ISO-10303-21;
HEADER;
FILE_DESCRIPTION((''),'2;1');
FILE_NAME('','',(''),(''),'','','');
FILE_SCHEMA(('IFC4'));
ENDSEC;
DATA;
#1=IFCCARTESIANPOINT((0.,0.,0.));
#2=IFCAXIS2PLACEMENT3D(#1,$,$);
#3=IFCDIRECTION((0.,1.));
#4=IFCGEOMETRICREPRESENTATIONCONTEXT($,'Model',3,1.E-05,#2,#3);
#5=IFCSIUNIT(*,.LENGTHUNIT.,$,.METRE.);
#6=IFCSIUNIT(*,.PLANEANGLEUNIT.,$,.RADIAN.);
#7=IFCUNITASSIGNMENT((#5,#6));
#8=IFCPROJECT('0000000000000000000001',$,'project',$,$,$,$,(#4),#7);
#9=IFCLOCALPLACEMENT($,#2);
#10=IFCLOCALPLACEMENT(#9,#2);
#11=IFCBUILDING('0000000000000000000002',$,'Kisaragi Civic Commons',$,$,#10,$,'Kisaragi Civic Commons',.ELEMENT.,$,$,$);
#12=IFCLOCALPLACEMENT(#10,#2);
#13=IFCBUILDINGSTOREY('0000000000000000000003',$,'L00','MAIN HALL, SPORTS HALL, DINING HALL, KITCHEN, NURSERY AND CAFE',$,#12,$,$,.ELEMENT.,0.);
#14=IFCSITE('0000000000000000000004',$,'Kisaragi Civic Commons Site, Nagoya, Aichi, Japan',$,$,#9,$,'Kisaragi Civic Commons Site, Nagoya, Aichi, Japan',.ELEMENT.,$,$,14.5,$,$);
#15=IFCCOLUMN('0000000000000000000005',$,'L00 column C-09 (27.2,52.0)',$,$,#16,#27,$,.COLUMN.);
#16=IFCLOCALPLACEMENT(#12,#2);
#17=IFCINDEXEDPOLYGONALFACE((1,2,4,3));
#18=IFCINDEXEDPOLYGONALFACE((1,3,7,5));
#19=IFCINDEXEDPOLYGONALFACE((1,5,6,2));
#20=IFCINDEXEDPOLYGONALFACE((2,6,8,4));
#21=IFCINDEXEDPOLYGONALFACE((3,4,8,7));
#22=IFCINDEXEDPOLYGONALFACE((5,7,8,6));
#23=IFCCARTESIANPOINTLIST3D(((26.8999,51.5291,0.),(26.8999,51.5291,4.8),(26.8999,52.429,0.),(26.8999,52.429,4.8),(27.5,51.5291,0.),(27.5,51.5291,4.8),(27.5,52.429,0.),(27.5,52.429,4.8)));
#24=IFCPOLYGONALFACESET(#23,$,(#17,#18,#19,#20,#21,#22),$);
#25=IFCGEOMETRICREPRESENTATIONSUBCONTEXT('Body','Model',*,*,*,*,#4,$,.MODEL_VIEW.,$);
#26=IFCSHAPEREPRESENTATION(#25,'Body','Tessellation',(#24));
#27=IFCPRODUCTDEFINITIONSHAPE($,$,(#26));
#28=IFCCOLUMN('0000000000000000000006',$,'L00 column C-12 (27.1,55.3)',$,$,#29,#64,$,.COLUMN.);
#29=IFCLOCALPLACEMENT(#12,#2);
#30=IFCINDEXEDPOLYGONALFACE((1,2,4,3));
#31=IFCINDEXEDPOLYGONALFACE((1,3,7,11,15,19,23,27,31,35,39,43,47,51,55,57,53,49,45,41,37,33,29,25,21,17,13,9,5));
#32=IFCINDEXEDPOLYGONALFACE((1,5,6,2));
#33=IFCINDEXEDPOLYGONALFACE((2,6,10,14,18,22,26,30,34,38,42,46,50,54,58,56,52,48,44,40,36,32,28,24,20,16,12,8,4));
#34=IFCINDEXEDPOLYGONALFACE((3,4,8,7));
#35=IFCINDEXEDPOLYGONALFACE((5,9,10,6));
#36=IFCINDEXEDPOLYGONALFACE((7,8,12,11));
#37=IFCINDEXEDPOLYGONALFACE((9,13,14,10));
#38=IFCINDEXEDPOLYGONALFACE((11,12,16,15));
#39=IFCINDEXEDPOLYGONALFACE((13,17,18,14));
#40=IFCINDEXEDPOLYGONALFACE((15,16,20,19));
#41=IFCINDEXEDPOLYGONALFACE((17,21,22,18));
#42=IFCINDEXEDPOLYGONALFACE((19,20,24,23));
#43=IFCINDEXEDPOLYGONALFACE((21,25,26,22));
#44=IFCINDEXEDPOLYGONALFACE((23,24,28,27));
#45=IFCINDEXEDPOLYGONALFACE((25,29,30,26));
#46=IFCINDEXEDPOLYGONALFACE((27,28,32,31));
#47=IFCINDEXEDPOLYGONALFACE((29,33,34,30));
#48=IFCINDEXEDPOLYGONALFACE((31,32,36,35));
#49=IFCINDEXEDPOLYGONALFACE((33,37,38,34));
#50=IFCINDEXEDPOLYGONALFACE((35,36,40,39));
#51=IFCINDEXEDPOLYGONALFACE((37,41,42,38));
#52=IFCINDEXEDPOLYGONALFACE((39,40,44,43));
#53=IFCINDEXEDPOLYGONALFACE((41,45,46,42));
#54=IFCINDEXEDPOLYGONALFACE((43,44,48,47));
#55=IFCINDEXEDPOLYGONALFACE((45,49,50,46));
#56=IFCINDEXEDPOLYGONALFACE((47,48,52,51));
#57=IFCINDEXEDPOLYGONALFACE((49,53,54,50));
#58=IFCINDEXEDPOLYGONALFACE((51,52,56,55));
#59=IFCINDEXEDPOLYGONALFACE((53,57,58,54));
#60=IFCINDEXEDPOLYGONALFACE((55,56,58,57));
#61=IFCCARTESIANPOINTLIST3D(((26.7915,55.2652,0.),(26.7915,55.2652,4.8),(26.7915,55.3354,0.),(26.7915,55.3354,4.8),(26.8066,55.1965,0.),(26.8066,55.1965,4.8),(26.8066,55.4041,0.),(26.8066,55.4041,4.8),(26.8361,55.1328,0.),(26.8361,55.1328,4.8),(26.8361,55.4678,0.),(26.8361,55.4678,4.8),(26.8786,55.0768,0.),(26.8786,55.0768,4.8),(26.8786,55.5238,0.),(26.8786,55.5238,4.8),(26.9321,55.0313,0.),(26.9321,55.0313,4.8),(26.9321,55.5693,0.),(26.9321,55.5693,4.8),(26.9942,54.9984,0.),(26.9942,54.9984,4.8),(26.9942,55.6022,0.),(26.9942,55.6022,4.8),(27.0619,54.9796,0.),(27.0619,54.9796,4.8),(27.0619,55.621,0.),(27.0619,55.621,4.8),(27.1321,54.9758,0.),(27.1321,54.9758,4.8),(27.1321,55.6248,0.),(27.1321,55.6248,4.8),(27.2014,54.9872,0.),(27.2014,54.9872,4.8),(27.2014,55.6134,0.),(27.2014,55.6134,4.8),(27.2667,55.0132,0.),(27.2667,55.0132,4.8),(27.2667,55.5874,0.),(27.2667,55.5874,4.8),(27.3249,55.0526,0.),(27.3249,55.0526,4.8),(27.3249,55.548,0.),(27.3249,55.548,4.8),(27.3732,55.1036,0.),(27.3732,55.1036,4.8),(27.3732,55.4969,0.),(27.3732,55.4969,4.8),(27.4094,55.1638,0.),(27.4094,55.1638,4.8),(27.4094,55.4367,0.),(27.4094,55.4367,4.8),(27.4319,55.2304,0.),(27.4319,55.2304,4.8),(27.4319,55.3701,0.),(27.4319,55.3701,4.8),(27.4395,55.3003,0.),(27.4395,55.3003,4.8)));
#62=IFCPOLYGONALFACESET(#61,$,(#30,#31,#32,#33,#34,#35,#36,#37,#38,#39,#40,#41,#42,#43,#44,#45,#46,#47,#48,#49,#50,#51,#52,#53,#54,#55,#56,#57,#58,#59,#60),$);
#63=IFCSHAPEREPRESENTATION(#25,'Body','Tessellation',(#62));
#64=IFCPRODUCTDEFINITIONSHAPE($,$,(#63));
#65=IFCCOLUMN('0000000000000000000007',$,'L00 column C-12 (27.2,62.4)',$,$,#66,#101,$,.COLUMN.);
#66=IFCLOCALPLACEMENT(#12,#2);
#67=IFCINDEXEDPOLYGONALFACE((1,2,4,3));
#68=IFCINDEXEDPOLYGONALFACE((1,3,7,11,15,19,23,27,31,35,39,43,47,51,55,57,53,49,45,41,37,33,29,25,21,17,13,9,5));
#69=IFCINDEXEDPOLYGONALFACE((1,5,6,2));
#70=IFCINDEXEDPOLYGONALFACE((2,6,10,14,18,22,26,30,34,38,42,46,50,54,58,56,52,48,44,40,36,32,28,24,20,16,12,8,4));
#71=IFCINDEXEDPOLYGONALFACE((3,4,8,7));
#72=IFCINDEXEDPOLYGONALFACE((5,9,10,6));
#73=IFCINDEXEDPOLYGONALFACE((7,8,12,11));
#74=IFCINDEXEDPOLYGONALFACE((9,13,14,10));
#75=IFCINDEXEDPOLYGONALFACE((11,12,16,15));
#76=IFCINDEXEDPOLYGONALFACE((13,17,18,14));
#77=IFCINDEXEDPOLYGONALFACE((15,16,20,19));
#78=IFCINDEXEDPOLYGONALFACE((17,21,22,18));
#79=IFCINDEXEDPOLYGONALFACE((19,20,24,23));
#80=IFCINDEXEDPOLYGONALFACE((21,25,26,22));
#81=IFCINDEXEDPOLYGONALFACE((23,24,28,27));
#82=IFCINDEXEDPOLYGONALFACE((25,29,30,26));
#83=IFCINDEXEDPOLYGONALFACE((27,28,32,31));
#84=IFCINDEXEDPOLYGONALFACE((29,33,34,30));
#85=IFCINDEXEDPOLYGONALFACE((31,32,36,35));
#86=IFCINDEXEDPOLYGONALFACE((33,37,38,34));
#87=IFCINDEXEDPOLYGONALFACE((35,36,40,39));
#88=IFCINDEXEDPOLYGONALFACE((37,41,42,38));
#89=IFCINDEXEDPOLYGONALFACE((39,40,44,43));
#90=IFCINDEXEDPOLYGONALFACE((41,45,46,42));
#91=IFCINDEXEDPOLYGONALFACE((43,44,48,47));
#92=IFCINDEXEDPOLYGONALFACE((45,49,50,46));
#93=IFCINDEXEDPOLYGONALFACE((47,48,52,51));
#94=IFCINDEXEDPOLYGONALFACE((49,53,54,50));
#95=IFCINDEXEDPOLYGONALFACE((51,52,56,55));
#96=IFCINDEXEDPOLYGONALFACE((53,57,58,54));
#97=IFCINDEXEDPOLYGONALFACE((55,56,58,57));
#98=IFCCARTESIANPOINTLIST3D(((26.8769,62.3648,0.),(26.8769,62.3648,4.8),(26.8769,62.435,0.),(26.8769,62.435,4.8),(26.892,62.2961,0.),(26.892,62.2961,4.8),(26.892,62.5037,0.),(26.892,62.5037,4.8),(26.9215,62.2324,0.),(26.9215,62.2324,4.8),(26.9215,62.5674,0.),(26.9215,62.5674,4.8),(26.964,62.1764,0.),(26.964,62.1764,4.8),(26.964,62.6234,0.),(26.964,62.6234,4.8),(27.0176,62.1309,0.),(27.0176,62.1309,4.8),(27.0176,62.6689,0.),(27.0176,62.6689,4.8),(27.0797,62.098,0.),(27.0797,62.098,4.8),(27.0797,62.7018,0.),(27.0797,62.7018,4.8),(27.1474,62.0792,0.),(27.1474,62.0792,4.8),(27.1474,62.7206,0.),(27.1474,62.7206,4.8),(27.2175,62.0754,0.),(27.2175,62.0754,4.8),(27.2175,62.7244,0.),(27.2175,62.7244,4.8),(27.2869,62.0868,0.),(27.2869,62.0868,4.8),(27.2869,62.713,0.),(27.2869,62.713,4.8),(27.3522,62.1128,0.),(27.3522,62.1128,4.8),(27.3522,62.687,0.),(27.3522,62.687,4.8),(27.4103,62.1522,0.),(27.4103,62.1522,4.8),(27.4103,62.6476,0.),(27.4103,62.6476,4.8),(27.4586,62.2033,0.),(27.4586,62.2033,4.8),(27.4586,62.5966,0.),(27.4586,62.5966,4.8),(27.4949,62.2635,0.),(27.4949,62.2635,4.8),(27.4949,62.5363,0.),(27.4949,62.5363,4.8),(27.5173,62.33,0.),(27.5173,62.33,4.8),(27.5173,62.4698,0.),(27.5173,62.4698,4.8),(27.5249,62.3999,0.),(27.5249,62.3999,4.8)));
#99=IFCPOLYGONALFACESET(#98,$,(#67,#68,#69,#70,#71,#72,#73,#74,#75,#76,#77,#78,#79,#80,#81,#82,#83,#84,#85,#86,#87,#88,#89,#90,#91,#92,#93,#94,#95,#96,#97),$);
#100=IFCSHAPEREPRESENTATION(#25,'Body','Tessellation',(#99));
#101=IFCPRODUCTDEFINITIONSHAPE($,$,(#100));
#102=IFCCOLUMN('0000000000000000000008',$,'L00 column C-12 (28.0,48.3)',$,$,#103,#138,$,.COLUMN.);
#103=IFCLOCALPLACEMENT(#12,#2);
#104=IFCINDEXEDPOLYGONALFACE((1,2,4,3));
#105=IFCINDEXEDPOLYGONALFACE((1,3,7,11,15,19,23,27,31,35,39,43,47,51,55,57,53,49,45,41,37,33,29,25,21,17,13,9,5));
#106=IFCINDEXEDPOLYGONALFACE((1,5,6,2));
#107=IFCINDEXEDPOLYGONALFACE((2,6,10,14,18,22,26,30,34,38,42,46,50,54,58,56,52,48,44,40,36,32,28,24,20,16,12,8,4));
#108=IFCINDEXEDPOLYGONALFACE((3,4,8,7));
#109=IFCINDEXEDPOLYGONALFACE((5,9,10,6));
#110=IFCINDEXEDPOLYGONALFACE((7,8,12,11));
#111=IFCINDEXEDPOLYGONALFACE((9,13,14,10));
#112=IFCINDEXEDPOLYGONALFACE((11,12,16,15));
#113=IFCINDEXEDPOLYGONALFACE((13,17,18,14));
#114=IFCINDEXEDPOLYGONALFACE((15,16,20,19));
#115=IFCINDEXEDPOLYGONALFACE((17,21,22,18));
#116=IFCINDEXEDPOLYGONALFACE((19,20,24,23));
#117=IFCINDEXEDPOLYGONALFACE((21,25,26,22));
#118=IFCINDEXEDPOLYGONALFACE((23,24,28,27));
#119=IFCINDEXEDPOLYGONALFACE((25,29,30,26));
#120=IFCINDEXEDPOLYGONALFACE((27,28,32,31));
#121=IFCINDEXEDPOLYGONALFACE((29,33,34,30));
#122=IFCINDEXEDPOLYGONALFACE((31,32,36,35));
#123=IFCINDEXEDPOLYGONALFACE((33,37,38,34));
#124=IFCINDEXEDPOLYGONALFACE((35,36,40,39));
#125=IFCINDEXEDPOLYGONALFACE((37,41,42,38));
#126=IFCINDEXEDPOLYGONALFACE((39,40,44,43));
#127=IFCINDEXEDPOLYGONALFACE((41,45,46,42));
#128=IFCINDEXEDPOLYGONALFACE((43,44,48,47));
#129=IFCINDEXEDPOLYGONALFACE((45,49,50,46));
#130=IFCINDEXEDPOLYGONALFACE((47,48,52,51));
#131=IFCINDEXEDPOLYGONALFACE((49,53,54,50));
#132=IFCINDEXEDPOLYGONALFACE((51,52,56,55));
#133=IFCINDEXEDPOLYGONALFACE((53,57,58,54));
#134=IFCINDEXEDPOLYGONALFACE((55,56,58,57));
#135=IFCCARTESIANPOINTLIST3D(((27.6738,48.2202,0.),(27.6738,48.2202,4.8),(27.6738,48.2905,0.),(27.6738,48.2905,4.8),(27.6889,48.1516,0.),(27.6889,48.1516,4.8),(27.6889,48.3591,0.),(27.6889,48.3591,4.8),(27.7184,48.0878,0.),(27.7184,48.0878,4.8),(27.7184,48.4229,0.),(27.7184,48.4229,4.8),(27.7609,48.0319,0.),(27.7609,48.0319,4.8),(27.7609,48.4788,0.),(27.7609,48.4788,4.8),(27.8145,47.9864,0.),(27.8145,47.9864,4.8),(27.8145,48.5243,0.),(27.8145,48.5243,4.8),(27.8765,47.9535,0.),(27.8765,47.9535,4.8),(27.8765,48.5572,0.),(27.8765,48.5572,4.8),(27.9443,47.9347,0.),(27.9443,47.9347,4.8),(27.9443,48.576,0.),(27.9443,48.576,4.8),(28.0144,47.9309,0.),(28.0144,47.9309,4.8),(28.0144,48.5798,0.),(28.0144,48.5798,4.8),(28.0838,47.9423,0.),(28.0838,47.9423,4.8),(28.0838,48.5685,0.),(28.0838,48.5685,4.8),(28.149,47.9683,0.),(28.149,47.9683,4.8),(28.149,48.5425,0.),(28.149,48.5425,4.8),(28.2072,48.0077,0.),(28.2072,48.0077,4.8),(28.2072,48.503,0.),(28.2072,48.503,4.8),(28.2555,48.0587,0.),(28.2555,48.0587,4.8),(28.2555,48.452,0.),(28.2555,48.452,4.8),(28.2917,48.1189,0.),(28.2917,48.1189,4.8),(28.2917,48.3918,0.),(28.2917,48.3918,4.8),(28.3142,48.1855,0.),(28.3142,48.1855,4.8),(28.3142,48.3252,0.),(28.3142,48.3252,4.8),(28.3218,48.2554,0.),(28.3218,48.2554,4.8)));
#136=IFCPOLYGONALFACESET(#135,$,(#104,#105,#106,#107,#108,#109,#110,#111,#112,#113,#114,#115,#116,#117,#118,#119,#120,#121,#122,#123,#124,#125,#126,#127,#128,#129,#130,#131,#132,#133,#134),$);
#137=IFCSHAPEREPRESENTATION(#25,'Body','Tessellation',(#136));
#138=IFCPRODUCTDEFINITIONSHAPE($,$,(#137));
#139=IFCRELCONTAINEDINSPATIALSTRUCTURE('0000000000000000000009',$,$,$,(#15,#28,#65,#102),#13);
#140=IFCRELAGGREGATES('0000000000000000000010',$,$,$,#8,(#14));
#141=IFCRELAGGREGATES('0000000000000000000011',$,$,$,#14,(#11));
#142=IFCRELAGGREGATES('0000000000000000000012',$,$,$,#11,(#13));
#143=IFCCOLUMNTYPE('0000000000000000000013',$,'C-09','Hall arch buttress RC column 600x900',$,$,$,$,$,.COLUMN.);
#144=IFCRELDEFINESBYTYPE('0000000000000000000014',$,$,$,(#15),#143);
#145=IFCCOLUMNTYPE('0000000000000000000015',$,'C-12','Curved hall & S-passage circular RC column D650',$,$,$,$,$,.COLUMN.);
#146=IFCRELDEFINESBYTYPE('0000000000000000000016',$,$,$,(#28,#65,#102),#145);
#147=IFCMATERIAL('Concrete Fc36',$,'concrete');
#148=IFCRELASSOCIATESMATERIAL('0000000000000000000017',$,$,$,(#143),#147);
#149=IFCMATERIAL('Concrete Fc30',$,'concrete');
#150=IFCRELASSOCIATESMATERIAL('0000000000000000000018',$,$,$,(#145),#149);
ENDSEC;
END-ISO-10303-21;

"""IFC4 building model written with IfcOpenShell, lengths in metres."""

from ifc_helpers import new_model, si_unit, direction, frame, origin, origin_2d, place, context, subcontext, project, spatial, rectangle, circle, extrude, material, material_profile, profile_set, type_object, element, save


model = new_model("IFC4")

# Units and contexts
model_context = context("Model", 3, precision=1e-05, world=origin(), true_north=direction((0.0, 1.0)))
body_context = subcontext(model_context, "Body", "Model", "MODEL_VIEW")
ifc_project = project(units=[si_unit("LENGTHUNIT", "METRE"), si_unit("PLANEANGLEUNIT", "RADIAN")], contexts=[model_context])

# Site, building, storey
site_placement = place(None, origin())
site = spatial("IfcSite", under=ifc_project, at=site_placement, Name="Kisaragi Civic Commons Site, Nagoya, Aichi, Japan", LongName="Kisaragi Civic Commons Site, Nagoya, Aichi, Japan", CompositionType="ELEMENT", RefElevation=14.5)
building_placement = place(site_placement, origin())
building = spatial("IfcBuilding", under=site, at=building_placement, Name="Kisaragi Civic Commons", LongName="Kisaragi Civic Commons", CompositionType="ELEMENT")
storey_placement = place(building_placement, origin())
storey = spatial("IfcBuildingStorey", under=building, at=storey_placement, Name="L00", Description="MAIN HALL, SPORTS HALL, DINING HALL, KITCHEN, NURSERY AND CAFE", CompositionType="ELEMENT", Elevation=0.0)

# Columns
ifc_material_1 = material(Name="Concrete Fc36", Category="concrete")
ifc_material_profile_1 = material_profile(ifc_material_1, rectangle(XDim=0.6001, YDim=0.8999, at=origin_2d()), Name="RC-600x900", Category="concrete")
ifc_profile_set_1 = profile_set([ifc_material_profile_1], Name="Concrete Fc36")
column_type_1 = type_object("IfcColumnType", Name="C-09", Description="Hall arch buttress RC column 600x900", PredefinedType="COLUMN", material=ifc_profile_set_1)
column_placement = place(storey_placement, frame((27.2, 51.979, 0.0), z_axis=(0.0, 0.0, 1.0), x_axis=(1.0, 0.0, 0.0)))
element("IfcColumn", 1, at=column_placement, inside=storey, type_object=column_type_1, Name="L00 column C-09 (27.2,52.0)", PredefinedType="COLUMN", context=body_context, shape_type="SweptSolid", body=[
    extrude(rectangle(XDim=0.6001, YDim=0.8999, at=origin_2d()), origin(), (0.0, 0.0, 1.0), 4.8),
])
ifc_material_2 = material(Name="Concrete Fc30", Category="concrete")
ifc_material_profile_2 = material_profile(ifc_material_2, circle(Radius=0.325, at=origin_2d()), Name="RC-D650", Category="concrete")
ifc_profile_set_2 = profile_set([ifc_material_profile_2], Name="Concrete Fc30")
column_type_2 = type_object("IfcColumnType", Name="C-12", Description="Curved hall & S-passage circular RC column D650", PredefinedType="COLUMN", material=ifc_profile_set_2)
for number, where, z_axis, x_axis, name in (
    (2, (27.1145, 55.3003, 0.0), (0.0, 0.0, 1.0), (1.0, 0.0, 0.0), "L00 column C-12 (27.1,55.3)"),
    (3, (27.2, 62.3999, 0.0), (0.0, 0.0, 1.0), (1.0, 0.0, 0.0), "L00 column C-12 (27.2,62.4)"),
    (4, (27.9968, 48.2554, 0.0), (0.0, 0.0, 1.0), (1.0, 0.0, 0.0), "L00 column C-12 (28.0,48.3)"),
):
    element("IfcColumn", number, at=place(storey_placement, frame(where, z_axis=z_axis, x_axis=x_axis)), inside=storey, type_object=column_type_2, Name=name, PredefinedType="COLUMN", context=body_context, shape_type="SweptSolid", body=[
        extrude(circle(Radius=0.325, at=origin_2d()), origin(), (0.0, 0.0, 1.0), 4.8),
    ])

save(model, "model.ifc")
